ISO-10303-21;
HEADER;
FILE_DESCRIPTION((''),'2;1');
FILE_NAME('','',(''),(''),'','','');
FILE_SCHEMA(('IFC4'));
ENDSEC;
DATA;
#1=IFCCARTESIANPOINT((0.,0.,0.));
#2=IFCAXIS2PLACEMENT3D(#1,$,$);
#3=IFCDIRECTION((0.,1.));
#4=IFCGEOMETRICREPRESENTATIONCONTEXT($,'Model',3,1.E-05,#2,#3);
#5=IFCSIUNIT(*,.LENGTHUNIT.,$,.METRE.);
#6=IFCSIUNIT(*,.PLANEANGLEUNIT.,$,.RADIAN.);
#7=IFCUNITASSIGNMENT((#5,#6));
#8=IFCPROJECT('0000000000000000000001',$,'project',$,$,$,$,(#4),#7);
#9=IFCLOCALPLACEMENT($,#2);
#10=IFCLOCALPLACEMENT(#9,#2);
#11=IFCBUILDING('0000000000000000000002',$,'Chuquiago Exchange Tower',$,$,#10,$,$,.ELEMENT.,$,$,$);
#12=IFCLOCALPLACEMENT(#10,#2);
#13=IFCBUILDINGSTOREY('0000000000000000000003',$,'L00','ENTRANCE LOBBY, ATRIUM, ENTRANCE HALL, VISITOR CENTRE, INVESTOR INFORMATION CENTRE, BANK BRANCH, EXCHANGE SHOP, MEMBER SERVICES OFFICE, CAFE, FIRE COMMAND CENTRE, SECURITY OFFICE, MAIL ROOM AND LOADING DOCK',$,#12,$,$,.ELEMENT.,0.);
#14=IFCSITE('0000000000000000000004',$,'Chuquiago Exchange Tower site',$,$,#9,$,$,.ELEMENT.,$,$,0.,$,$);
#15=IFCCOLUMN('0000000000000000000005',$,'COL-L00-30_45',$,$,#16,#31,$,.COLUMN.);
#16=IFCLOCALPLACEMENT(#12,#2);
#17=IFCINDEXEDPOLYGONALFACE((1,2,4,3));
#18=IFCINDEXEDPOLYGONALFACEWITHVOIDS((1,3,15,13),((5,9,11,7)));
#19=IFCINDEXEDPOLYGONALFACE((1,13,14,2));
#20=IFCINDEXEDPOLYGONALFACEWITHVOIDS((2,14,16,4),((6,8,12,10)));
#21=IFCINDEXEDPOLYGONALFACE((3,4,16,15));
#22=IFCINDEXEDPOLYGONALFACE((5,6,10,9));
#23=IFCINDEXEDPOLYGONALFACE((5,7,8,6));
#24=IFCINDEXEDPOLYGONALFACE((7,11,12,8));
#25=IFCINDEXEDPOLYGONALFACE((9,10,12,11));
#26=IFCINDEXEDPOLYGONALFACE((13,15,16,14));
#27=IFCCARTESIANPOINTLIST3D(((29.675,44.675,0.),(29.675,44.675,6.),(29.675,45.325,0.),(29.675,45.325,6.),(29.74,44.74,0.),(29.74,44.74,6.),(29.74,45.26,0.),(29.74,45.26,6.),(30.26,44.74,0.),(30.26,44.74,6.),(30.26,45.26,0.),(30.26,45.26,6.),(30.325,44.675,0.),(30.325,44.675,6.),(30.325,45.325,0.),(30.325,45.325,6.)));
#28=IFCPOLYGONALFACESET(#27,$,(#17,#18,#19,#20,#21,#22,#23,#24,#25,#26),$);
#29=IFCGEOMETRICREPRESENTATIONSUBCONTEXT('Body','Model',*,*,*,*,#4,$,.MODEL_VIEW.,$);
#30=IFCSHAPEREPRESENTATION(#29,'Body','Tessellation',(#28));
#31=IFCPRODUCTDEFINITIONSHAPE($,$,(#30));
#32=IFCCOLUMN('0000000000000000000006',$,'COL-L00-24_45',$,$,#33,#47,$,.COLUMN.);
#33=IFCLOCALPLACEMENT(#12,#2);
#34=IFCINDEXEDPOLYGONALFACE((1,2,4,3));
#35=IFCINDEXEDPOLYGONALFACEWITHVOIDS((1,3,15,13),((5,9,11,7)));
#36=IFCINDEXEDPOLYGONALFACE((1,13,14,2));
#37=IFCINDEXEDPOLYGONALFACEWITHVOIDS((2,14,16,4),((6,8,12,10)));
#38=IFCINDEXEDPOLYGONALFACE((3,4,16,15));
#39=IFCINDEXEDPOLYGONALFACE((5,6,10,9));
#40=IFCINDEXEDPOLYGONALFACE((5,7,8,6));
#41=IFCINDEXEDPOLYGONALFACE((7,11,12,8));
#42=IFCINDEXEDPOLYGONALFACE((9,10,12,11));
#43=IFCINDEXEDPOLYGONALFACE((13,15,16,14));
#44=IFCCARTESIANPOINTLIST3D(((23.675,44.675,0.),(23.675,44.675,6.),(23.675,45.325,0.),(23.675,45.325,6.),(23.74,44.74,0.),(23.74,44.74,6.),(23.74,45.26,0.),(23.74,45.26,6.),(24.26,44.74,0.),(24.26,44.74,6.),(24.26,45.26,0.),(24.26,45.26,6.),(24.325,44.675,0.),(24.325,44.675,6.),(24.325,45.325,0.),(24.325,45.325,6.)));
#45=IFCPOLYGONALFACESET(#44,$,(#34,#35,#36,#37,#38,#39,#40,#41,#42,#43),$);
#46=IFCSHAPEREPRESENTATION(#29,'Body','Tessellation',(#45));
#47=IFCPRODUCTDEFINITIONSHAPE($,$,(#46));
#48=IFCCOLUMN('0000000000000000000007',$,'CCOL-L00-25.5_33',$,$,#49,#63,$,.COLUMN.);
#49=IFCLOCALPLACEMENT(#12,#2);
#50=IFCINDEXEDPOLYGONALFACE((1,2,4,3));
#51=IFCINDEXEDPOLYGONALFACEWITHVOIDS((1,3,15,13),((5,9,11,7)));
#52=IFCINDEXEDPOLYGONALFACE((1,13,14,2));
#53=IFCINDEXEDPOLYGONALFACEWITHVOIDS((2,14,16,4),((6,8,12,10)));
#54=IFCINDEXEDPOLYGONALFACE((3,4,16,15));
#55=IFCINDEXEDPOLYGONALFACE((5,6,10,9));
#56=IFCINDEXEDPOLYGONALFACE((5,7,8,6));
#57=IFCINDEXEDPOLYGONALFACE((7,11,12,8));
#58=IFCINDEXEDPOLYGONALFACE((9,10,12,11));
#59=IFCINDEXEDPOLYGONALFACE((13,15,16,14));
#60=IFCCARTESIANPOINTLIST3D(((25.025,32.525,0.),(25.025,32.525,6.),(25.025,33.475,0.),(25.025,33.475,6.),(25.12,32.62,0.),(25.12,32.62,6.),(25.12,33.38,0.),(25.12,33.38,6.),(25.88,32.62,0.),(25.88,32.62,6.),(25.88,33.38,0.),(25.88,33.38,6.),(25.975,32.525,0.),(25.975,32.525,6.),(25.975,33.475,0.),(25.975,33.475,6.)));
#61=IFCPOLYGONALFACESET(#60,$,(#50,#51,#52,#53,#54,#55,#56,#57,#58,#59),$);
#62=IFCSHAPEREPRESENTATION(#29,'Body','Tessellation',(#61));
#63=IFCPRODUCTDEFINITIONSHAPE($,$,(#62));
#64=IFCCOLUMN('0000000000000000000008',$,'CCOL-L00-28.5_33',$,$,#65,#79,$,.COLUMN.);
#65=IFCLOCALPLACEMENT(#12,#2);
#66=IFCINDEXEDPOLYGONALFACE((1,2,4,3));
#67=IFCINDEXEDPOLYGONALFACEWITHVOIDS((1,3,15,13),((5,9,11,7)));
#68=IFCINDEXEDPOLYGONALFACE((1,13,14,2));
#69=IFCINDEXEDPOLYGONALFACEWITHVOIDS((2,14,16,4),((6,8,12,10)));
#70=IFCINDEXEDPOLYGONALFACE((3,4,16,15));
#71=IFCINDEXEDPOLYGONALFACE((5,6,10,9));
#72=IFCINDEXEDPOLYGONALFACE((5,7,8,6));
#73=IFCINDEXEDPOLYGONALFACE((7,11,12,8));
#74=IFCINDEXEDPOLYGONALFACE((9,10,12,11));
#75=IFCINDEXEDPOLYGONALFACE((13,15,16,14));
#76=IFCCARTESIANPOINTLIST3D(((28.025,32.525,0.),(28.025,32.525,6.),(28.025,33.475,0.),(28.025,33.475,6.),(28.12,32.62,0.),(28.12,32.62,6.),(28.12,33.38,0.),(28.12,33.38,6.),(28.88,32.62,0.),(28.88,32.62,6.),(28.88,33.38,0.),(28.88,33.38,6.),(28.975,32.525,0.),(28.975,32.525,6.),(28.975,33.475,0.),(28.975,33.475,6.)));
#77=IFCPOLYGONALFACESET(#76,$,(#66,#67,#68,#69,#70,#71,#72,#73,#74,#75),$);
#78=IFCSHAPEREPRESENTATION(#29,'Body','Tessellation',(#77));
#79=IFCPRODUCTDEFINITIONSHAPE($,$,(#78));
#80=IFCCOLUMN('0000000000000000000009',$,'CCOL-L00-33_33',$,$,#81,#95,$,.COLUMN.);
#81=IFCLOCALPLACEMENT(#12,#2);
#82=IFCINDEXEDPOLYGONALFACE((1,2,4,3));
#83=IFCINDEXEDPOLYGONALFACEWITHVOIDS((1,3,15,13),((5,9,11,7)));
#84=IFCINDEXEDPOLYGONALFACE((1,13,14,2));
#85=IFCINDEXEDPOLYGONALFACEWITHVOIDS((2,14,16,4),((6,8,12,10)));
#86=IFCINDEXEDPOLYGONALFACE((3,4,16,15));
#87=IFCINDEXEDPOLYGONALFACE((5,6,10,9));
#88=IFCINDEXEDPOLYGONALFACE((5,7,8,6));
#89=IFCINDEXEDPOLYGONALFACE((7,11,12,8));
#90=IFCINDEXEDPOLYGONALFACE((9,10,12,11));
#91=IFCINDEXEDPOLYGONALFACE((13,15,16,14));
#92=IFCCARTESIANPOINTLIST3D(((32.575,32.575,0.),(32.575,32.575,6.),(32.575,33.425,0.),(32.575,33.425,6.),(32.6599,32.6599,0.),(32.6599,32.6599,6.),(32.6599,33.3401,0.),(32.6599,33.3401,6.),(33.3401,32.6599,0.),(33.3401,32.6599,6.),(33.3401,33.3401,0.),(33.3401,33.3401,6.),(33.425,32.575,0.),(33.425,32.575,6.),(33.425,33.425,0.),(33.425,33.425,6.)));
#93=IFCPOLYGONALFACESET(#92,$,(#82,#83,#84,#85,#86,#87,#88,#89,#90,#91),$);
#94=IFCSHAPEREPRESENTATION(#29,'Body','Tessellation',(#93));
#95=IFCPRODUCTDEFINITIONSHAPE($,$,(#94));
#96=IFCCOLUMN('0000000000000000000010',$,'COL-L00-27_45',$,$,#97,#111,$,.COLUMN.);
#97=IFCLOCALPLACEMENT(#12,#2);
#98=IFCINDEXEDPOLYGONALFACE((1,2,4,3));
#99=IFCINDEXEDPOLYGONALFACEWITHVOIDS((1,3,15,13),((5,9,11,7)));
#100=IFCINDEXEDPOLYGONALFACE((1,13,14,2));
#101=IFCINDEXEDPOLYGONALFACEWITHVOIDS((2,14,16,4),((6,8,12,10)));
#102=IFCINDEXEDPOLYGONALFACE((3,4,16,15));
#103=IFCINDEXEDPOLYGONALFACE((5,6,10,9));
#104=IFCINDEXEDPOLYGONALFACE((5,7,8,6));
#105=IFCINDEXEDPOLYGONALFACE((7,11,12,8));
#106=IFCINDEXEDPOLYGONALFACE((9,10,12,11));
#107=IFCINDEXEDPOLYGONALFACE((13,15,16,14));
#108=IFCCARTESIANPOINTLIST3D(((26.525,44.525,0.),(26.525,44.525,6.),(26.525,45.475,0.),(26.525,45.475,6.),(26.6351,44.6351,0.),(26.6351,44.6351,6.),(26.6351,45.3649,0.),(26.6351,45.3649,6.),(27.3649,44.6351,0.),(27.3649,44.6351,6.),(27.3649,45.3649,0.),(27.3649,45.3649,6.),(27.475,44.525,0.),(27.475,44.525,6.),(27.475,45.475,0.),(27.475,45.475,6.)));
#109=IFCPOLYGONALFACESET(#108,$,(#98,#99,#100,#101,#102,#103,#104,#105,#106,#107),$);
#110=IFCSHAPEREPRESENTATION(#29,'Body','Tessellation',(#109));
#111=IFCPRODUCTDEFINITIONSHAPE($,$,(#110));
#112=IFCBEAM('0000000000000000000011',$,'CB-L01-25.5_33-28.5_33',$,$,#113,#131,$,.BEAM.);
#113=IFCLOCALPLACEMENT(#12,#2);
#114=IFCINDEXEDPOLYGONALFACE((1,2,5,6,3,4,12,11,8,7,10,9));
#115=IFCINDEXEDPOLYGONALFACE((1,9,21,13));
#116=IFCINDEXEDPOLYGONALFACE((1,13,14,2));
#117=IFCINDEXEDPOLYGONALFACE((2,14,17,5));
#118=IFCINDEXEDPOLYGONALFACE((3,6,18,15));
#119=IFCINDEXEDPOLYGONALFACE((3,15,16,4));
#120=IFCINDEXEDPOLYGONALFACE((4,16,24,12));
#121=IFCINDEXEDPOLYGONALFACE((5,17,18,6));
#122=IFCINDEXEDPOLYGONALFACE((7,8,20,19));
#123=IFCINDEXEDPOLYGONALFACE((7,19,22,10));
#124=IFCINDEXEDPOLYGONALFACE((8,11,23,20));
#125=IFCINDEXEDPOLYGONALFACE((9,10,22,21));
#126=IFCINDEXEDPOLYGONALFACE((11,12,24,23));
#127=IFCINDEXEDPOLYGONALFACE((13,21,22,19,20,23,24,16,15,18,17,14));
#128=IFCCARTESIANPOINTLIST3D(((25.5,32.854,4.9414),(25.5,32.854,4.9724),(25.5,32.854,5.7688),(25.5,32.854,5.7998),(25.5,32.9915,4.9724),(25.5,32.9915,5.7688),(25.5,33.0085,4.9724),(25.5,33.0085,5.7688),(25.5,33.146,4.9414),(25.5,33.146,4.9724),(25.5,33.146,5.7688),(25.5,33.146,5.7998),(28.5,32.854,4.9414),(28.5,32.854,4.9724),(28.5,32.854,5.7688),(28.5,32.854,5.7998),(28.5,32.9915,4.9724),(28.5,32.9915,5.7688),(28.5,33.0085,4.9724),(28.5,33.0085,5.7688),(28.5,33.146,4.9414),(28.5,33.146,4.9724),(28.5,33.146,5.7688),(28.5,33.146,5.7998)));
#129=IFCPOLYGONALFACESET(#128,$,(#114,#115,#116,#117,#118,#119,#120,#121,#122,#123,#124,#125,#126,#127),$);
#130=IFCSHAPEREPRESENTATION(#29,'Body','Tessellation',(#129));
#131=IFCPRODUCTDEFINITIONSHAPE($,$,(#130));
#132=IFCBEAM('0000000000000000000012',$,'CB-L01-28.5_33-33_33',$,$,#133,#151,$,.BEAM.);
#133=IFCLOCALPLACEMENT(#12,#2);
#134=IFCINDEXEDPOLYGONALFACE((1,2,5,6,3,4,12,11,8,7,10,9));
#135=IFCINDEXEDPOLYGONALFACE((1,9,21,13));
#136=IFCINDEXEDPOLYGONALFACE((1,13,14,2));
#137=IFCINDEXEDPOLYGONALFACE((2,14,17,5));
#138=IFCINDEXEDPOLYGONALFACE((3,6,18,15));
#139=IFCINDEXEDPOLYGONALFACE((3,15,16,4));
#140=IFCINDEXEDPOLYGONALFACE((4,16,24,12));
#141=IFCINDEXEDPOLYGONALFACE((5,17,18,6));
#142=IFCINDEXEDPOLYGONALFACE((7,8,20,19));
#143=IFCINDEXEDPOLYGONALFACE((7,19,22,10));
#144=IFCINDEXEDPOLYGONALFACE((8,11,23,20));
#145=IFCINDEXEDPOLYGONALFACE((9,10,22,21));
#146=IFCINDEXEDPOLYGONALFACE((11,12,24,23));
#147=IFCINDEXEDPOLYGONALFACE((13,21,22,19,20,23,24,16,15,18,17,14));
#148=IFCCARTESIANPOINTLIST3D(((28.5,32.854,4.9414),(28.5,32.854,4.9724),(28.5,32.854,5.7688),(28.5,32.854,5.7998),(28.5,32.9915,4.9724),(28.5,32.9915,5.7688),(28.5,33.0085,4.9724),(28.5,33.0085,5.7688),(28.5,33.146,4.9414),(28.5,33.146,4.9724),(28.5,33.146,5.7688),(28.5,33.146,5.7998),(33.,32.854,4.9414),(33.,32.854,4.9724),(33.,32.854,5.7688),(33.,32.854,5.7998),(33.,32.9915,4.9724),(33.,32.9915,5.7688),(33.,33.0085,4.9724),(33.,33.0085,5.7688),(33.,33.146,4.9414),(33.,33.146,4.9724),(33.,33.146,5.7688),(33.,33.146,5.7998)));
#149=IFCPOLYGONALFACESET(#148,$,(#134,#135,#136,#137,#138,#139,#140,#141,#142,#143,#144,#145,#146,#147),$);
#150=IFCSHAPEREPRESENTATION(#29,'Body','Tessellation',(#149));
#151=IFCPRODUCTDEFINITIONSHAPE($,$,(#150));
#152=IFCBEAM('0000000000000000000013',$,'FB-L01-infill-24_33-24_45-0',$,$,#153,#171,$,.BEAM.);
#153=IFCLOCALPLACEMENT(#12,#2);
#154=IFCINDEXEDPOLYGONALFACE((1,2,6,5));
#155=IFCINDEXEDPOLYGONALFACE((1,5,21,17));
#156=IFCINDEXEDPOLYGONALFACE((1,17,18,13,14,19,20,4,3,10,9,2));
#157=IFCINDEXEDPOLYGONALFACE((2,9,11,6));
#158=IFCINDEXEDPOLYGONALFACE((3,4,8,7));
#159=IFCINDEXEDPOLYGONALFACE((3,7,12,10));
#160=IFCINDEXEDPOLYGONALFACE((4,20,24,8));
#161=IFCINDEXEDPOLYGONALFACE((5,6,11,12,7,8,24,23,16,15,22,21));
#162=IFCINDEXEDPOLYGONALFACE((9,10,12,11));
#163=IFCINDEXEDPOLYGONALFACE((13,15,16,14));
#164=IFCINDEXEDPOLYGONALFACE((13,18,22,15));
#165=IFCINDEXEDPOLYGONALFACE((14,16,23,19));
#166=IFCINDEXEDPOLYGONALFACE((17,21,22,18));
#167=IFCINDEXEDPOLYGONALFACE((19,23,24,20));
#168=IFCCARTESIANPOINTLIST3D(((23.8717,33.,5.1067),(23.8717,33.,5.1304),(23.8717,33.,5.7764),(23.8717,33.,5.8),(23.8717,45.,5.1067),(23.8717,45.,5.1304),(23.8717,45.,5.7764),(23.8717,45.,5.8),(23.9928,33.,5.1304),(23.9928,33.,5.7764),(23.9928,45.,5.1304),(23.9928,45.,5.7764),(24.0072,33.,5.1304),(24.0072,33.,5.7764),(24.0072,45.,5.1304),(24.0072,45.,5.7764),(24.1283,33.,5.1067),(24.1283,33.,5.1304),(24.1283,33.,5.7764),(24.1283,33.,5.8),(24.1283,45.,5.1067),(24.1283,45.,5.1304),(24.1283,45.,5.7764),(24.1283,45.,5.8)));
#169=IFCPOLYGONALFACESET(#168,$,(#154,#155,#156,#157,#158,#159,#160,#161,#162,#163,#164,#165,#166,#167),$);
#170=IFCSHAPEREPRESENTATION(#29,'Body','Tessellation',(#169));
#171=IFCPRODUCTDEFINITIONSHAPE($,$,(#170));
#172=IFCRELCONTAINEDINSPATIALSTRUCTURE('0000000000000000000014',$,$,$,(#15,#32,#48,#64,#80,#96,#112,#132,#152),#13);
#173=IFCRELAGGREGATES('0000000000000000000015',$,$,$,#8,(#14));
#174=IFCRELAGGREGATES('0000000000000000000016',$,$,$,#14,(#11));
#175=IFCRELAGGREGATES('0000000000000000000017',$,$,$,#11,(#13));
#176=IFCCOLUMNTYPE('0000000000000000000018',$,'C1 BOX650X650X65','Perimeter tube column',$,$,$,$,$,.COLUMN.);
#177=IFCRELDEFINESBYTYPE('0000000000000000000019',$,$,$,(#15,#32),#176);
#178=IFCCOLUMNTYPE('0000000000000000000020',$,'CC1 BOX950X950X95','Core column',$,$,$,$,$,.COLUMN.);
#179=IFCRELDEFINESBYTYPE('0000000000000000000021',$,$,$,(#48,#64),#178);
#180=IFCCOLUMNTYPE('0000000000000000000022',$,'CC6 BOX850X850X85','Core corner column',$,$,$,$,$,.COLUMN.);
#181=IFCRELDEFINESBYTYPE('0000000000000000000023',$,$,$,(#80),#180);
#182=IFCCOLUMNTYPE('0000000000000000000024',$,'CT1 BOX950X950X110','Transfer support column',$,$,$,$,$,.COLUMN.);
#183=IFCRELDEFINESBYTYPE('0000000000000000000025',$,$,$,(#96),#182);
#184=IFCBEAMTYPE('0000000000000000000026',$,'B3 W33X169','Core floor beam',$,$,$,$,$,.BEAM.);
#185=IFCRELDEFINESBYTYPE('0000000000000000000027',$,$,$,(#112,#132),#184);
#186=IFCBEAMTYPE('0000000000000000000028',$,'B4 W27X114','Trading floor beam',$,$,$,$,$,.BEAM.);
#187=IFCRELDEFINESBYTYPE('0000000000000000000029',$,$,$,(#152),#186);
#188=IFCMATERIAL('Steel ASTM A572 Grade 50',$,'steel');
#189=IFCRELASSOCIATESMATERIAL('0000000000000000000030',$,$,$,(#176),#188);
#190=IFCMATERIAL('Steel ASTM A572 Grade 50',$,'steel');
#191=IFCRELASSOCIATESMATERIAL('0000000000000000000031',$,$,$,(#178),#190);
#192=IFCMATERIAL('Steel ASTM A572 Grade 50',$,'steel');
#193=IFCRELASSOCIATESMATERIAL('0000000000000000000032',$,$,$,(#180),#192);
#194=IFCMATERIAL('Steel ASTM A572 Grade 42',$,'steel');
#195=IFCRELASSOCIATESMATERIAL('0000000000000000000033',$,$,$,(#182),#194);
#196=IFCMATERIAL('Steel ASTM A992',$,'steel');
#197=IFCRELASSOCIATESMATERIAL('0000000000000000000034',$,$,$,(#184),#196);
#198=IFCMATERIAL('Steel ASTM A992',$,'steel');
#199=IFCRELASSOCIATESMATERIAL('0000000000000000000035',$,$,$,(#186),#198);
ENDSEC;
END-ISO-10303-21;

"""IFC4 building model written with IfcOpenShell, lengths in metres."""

from ifc_helpers import new_model, si_unit, direction, frame, origin, origin_2d, place, context, subcontext, project, spatial, hollow_rectangle, i_section, extrude, material, material_profile, profile_set, type_object, element, save


model = new_model("IFC4")

# Units and contexts
model_context = context("Model", 3, precision=1e-05, world=origin(), true_north=direction((0.0, 1.0)))
body_context = subcontext(model_context, "Body", "Model", "MODEL_VIEW")
ifc_project = project(units=[si_unit("LENGTHUNIT", "METRE"), si_unit("PLANEANGLEUNIT", "RADIAN")], contexts=[model_context])

# Site, building, storey
site_placement = place(None, origin())
site = spatial("IfcSite", under=ifc_project, at=site_placement, Name="Chuquiago Exchange Tower site", CompositionType="ELEMENT", RefElevation=0.0)
building_placement = place(site_placement, origin())
building = spatial("IfcBuilding", under=site, at=building_placement, Name="Chuquiago Exchange Tower", CompositionType="ELEMENT")
storey_placement = place(building_placement, origin())
storey = spatial("IfcBuildingStorey", under=building, at=storey_placement, Name="L00", Description="ENTRANCE LOBBY, ATRIUM, ENTRANCE HALL, VISITOR CENTRE, INVESTOR INFORMATION CENTRE, BANK BRANCH, EXCHANGE SHOP, MEMBER SERVICES OFFICE, CAFE, FIRE COMMAND CENTRE, SECURITY OFFICE, MAIL ROOM AND LOADING DOCK", CompositionType="ELEMENT", Elevation=0.0)

# Columns
ifc_material_1 = material(Name="Steel ASTM A572 Grade 50", Category="steel")
ifc_material_profile_1 = material_profile(ifc_material_1, hollow_rectangle(XDim=0.6499, YDim=0.6499, WallThickness=0.0649, at=origin_2d()), Name="BOX650X650X65")
ifc_profile_set_1 = profile_set([ifc_material_profile_1], Name="Steel ASTM A572 Grade 50")
column_type_1 = type_object("IfcColumnType", Name="C1 BOX650X650X65", Description="Perimeter tube column", PredefinedType="COLUMN", material=ifc_profile_set_1)
for number, where, z_axis, x_axis, name in (
    (1, (30.0, 45.0, 0.0), (0.0, 0.0, 1.0), (0.0, 1.0, 0.0), "COL-L00-30_45"),
    (2, (24.0, 45.0, 0.0), (0.0, 0.0, 1.0), (0.0, 1.0, 0.0), "COL-L00-24_45"),
):
    element("IfcColumn", number, at=place(storey_placement, frame(where, z_axis=z_axis, x_axis=x_axis)), inside=storey, type_object=column_type_1, Name=name, PredefinedType="COLUMN", context=body_context, shape_type="SweptSolid", body=[
        extrude(hollow_rectangle(XDim=0.6499, YDim=0.6499, WallThickness=0.0649, at=origin_2d()), origin(), (0.0, 0.0, 1.0), 6.0),
    ])
ifc_material_2 = material(Name="Steel ASTM A572 Grade 50", Category="steel")
ifc_material_profile_2 = material_profile(ifc_material_2, hollow_rectangle(XDim=0.95, YDim=0.95, WallThickness=0.095, at=origin_2d()), Name="BOX950X950X95")
ifc_profile_set_2 = profile_set([ifc_material_profile_2], Name="Steel ASTM A572 Grade 50")
column_type_2 = type_object("IfcColumnType", Name="CC1 BOX950X950X95", Description="Core column", PredefinedType="COLUMN", material=ifc_profile_set_2)
for number, where, z_axis, x_axis, name in (
    (3, (25.5, 33.0, 0.0), (0.0, 0.0, 1.0), (1.0, 0.0, 0.0), "CCOL-L00-25.5_33"),
    (4, (28.5, 33.0, 0.0), (0.0, 0.0, 1.0), (1.0, 0.0, 0.0), "CCOL-L00-28.5_33"),
):
    element("IfcColumn", number, at=place(storey_placement, frame(where, z_axis=z_axis, x_axis=x_axis)), inside=storey, type_object=column_type_2, Name=name, PredefinedType="COLUMN", context=body_context, shape_type="SweptSolid", body=[
        extrude(hollow_rectangle(XDim=0.95, YDim=0.95, WallThickness=0.095, at=origin_2d()), origin(), (0.0, 0.0, 1.0), 6.0),
    ])
ifc_material_3 = material(Name="Steel ASTM A572 Grade 50", Category="steel")
ifc_material_profile_3 = material_profile(ifc_material_3, hollow_rectangle(XDim=0.8501, YDim=0.8501, WallThickness=0.085, at=origin_2d()), Name="BOX850X850X85")
ifc_profile_set_3 = profile_set([ifc_material_profile_3], Name="Steel ASTM A572 Grade 50")
column_type_3 = type_object("IfcColumnType", Name="CC6 BOX850X850X85", Description="Core corner column", PredefinedType="COLUMN", material=ifc_profile_set_3)
column_1_placement = place(storey_placement, frame((33.0, 33.0, 0.0), z_axis=(0.0, 0.0, 1.0), x_axis=(1.0, 0.0, 0.0)))
element("IfcColumn", 5, at=column_1_placement, inside=storey, type_object=column_type_3, Name="CCOL-L00-33_33", PredefinedType="COLUMN", context=body_context, shape_type="SweptSolid", body=[
    extrude(hollow_rectangle(XDim=0.8501, YDim=0.8501, WallThickness=0.085, at=origin_2d()), origin(), (0.0, 0.0, 1.0), 6.0),
])
ifc_material_4 = material(Name="Steel ASTM A572 Grade 42", Category="steel")
ifc_material_profile_4 = material_profile(ifc_material_4, hollow_rectangle(XDim=0.95, YDim=0.95, WallThickness=0.1101, at=origin_2d()), Name="BOX950X950X110")
ifc_profile_set_4 = profile_set([ifc_material_profile_4], Name="Steel ASTM A572 Grade 42")
column_type_4 = type_object("IfcColumnType", Name="CT1 BOX950X950X110", Description="Transfer support column", PredefinedType="COLUMN", material=ifc_profile_set_4)
column_2_placement = place(storey_placement, frame((27.0, 45.0, 0.0), z_axis=(0.0, 0.0, 1.0), x_axis=(0.0, 1.0, 0.0)))
element("IfcColumn", 6, at=column_2_placement, inside=storey, type_object=column_type_4, Name="COL-L00-27_45", PredefinedType="COLUMN", context=body_context, shape_type="SweptSolid", body=[
    extrude(hollow_rectangle(XDim=0.95, YDim=0.95, WallThickness=0.1101, at=origin_2d()), origin(), (0.0, 0.0, 1.0), 6.0),
])

# Beams
ifc_material_5 = material(Name="Steel ASTM A992", Category="steel")
ifc_material_profile_5 = material_profile(ifc_material_5, i_section(OverallWidth=0.292, OverallDepth=0.8584, WebThickness=0.0171, FlangeThickness=0.031, at=origin_2d()), Name="W33X169")
ifc_profile_set_5 = profile_set([ifc_material_profile_5], Name="Steel ASTM A992")
beam_type_1 = type_object("IfcBeamType", Name="B3 W33X169", Description="Core floor beam", PredefinedType="BEAM", material=ifc_profile_set_5)
beam_1_placement = place(storey_placement, frame((25.5, 33.0, 5.3706), z_axis=(1.0, 0.0, 0.0), x_axis=(0.0, 1.0, 0.0)))
element("IfcBeam", 7, at=beam_1_placement, inside=storey, type_object=beam_type_1, Name="CB-L01-25.5_33-28.5_33", PredefinedType="BEAM", context=body_context, shape_type="SweptSolid", body=[
    extrude(i_section(OverallWidth=0.292, OverallDepth=0.8584, WebThickness=0.0171, FlangeThickness=0.031, at=origin_2d()), origin(), (0.0, 0.0, 1.0), 3.0),
])
beam_2_placement = place(storey_placement, frame((28.5, 33.0, 5.3706), z_axis=(1.0, 0.0, 0.0), x_axis=(0.0, 1.0, 0.0)))
element("IfcBeam", 8, at=beam_2_placement, inside=storey, type_object=beam_type_1, Name="CB-L01-28.5_33-33_33", PredefinedType="BEAM", context=body_context, shape_type="SweptSolid", body=[
    extrude(i_section(OverallWidth=0.292, OverallDepth=0.8584, WebThickness=0.0171, FlangeThickness=0.031, at=origin_2d()), origin(), (0.0, 0.0, 1.0), 4.5),
])
ifc_material_6 = material(Name="Steel ASTM A992", Category="steel")
ifc_material_profile_6 = material_profile(ifc_material_6, i_section(OverallWidth=0.2566, OverallDepth=0.6934, WebThickness=0.0144, FlangeThickness=0.0237, at=origin_2d()), Name="W27X114")
ifc_profile_set_6 = profile_set([ifc_material_profile_6], Name="Steel ASTM A992")
beam_type_2 = type_object("IfcBeamType", Name="B4 W27X114", Description="Trading floor beam", PredefinedType="BEAM", material=ifc_profile_set_6)
for number, where, z_axis, x_axis, name in (
    (9, (24.0, 33.0, 5.4534), (0.0, 1.0, 0.0), (-1.0, 0.0, 0.0), "FB-L01-infill-24_33-24_45-0"),
):
    element("IfcBeam", number, at=place(storey_placement, frame(where, z_axis=z_axis, x_axis=x_axis)), inside=storey, type_object=beam_type_2, Name=name, PredefinedType="BEAM", context=body_context, shape_type="SweptSolid", body=[
        extrude(i_section(OverallWidth=0.2566, OverallDepth=0.6934, WebThickness=0.0144, FlangeThickness=0.0237, at=origin_2d()), origin(), (0.0, 0.0, 1.0), 12.0),
    ])

save(model, "model.ifc")
